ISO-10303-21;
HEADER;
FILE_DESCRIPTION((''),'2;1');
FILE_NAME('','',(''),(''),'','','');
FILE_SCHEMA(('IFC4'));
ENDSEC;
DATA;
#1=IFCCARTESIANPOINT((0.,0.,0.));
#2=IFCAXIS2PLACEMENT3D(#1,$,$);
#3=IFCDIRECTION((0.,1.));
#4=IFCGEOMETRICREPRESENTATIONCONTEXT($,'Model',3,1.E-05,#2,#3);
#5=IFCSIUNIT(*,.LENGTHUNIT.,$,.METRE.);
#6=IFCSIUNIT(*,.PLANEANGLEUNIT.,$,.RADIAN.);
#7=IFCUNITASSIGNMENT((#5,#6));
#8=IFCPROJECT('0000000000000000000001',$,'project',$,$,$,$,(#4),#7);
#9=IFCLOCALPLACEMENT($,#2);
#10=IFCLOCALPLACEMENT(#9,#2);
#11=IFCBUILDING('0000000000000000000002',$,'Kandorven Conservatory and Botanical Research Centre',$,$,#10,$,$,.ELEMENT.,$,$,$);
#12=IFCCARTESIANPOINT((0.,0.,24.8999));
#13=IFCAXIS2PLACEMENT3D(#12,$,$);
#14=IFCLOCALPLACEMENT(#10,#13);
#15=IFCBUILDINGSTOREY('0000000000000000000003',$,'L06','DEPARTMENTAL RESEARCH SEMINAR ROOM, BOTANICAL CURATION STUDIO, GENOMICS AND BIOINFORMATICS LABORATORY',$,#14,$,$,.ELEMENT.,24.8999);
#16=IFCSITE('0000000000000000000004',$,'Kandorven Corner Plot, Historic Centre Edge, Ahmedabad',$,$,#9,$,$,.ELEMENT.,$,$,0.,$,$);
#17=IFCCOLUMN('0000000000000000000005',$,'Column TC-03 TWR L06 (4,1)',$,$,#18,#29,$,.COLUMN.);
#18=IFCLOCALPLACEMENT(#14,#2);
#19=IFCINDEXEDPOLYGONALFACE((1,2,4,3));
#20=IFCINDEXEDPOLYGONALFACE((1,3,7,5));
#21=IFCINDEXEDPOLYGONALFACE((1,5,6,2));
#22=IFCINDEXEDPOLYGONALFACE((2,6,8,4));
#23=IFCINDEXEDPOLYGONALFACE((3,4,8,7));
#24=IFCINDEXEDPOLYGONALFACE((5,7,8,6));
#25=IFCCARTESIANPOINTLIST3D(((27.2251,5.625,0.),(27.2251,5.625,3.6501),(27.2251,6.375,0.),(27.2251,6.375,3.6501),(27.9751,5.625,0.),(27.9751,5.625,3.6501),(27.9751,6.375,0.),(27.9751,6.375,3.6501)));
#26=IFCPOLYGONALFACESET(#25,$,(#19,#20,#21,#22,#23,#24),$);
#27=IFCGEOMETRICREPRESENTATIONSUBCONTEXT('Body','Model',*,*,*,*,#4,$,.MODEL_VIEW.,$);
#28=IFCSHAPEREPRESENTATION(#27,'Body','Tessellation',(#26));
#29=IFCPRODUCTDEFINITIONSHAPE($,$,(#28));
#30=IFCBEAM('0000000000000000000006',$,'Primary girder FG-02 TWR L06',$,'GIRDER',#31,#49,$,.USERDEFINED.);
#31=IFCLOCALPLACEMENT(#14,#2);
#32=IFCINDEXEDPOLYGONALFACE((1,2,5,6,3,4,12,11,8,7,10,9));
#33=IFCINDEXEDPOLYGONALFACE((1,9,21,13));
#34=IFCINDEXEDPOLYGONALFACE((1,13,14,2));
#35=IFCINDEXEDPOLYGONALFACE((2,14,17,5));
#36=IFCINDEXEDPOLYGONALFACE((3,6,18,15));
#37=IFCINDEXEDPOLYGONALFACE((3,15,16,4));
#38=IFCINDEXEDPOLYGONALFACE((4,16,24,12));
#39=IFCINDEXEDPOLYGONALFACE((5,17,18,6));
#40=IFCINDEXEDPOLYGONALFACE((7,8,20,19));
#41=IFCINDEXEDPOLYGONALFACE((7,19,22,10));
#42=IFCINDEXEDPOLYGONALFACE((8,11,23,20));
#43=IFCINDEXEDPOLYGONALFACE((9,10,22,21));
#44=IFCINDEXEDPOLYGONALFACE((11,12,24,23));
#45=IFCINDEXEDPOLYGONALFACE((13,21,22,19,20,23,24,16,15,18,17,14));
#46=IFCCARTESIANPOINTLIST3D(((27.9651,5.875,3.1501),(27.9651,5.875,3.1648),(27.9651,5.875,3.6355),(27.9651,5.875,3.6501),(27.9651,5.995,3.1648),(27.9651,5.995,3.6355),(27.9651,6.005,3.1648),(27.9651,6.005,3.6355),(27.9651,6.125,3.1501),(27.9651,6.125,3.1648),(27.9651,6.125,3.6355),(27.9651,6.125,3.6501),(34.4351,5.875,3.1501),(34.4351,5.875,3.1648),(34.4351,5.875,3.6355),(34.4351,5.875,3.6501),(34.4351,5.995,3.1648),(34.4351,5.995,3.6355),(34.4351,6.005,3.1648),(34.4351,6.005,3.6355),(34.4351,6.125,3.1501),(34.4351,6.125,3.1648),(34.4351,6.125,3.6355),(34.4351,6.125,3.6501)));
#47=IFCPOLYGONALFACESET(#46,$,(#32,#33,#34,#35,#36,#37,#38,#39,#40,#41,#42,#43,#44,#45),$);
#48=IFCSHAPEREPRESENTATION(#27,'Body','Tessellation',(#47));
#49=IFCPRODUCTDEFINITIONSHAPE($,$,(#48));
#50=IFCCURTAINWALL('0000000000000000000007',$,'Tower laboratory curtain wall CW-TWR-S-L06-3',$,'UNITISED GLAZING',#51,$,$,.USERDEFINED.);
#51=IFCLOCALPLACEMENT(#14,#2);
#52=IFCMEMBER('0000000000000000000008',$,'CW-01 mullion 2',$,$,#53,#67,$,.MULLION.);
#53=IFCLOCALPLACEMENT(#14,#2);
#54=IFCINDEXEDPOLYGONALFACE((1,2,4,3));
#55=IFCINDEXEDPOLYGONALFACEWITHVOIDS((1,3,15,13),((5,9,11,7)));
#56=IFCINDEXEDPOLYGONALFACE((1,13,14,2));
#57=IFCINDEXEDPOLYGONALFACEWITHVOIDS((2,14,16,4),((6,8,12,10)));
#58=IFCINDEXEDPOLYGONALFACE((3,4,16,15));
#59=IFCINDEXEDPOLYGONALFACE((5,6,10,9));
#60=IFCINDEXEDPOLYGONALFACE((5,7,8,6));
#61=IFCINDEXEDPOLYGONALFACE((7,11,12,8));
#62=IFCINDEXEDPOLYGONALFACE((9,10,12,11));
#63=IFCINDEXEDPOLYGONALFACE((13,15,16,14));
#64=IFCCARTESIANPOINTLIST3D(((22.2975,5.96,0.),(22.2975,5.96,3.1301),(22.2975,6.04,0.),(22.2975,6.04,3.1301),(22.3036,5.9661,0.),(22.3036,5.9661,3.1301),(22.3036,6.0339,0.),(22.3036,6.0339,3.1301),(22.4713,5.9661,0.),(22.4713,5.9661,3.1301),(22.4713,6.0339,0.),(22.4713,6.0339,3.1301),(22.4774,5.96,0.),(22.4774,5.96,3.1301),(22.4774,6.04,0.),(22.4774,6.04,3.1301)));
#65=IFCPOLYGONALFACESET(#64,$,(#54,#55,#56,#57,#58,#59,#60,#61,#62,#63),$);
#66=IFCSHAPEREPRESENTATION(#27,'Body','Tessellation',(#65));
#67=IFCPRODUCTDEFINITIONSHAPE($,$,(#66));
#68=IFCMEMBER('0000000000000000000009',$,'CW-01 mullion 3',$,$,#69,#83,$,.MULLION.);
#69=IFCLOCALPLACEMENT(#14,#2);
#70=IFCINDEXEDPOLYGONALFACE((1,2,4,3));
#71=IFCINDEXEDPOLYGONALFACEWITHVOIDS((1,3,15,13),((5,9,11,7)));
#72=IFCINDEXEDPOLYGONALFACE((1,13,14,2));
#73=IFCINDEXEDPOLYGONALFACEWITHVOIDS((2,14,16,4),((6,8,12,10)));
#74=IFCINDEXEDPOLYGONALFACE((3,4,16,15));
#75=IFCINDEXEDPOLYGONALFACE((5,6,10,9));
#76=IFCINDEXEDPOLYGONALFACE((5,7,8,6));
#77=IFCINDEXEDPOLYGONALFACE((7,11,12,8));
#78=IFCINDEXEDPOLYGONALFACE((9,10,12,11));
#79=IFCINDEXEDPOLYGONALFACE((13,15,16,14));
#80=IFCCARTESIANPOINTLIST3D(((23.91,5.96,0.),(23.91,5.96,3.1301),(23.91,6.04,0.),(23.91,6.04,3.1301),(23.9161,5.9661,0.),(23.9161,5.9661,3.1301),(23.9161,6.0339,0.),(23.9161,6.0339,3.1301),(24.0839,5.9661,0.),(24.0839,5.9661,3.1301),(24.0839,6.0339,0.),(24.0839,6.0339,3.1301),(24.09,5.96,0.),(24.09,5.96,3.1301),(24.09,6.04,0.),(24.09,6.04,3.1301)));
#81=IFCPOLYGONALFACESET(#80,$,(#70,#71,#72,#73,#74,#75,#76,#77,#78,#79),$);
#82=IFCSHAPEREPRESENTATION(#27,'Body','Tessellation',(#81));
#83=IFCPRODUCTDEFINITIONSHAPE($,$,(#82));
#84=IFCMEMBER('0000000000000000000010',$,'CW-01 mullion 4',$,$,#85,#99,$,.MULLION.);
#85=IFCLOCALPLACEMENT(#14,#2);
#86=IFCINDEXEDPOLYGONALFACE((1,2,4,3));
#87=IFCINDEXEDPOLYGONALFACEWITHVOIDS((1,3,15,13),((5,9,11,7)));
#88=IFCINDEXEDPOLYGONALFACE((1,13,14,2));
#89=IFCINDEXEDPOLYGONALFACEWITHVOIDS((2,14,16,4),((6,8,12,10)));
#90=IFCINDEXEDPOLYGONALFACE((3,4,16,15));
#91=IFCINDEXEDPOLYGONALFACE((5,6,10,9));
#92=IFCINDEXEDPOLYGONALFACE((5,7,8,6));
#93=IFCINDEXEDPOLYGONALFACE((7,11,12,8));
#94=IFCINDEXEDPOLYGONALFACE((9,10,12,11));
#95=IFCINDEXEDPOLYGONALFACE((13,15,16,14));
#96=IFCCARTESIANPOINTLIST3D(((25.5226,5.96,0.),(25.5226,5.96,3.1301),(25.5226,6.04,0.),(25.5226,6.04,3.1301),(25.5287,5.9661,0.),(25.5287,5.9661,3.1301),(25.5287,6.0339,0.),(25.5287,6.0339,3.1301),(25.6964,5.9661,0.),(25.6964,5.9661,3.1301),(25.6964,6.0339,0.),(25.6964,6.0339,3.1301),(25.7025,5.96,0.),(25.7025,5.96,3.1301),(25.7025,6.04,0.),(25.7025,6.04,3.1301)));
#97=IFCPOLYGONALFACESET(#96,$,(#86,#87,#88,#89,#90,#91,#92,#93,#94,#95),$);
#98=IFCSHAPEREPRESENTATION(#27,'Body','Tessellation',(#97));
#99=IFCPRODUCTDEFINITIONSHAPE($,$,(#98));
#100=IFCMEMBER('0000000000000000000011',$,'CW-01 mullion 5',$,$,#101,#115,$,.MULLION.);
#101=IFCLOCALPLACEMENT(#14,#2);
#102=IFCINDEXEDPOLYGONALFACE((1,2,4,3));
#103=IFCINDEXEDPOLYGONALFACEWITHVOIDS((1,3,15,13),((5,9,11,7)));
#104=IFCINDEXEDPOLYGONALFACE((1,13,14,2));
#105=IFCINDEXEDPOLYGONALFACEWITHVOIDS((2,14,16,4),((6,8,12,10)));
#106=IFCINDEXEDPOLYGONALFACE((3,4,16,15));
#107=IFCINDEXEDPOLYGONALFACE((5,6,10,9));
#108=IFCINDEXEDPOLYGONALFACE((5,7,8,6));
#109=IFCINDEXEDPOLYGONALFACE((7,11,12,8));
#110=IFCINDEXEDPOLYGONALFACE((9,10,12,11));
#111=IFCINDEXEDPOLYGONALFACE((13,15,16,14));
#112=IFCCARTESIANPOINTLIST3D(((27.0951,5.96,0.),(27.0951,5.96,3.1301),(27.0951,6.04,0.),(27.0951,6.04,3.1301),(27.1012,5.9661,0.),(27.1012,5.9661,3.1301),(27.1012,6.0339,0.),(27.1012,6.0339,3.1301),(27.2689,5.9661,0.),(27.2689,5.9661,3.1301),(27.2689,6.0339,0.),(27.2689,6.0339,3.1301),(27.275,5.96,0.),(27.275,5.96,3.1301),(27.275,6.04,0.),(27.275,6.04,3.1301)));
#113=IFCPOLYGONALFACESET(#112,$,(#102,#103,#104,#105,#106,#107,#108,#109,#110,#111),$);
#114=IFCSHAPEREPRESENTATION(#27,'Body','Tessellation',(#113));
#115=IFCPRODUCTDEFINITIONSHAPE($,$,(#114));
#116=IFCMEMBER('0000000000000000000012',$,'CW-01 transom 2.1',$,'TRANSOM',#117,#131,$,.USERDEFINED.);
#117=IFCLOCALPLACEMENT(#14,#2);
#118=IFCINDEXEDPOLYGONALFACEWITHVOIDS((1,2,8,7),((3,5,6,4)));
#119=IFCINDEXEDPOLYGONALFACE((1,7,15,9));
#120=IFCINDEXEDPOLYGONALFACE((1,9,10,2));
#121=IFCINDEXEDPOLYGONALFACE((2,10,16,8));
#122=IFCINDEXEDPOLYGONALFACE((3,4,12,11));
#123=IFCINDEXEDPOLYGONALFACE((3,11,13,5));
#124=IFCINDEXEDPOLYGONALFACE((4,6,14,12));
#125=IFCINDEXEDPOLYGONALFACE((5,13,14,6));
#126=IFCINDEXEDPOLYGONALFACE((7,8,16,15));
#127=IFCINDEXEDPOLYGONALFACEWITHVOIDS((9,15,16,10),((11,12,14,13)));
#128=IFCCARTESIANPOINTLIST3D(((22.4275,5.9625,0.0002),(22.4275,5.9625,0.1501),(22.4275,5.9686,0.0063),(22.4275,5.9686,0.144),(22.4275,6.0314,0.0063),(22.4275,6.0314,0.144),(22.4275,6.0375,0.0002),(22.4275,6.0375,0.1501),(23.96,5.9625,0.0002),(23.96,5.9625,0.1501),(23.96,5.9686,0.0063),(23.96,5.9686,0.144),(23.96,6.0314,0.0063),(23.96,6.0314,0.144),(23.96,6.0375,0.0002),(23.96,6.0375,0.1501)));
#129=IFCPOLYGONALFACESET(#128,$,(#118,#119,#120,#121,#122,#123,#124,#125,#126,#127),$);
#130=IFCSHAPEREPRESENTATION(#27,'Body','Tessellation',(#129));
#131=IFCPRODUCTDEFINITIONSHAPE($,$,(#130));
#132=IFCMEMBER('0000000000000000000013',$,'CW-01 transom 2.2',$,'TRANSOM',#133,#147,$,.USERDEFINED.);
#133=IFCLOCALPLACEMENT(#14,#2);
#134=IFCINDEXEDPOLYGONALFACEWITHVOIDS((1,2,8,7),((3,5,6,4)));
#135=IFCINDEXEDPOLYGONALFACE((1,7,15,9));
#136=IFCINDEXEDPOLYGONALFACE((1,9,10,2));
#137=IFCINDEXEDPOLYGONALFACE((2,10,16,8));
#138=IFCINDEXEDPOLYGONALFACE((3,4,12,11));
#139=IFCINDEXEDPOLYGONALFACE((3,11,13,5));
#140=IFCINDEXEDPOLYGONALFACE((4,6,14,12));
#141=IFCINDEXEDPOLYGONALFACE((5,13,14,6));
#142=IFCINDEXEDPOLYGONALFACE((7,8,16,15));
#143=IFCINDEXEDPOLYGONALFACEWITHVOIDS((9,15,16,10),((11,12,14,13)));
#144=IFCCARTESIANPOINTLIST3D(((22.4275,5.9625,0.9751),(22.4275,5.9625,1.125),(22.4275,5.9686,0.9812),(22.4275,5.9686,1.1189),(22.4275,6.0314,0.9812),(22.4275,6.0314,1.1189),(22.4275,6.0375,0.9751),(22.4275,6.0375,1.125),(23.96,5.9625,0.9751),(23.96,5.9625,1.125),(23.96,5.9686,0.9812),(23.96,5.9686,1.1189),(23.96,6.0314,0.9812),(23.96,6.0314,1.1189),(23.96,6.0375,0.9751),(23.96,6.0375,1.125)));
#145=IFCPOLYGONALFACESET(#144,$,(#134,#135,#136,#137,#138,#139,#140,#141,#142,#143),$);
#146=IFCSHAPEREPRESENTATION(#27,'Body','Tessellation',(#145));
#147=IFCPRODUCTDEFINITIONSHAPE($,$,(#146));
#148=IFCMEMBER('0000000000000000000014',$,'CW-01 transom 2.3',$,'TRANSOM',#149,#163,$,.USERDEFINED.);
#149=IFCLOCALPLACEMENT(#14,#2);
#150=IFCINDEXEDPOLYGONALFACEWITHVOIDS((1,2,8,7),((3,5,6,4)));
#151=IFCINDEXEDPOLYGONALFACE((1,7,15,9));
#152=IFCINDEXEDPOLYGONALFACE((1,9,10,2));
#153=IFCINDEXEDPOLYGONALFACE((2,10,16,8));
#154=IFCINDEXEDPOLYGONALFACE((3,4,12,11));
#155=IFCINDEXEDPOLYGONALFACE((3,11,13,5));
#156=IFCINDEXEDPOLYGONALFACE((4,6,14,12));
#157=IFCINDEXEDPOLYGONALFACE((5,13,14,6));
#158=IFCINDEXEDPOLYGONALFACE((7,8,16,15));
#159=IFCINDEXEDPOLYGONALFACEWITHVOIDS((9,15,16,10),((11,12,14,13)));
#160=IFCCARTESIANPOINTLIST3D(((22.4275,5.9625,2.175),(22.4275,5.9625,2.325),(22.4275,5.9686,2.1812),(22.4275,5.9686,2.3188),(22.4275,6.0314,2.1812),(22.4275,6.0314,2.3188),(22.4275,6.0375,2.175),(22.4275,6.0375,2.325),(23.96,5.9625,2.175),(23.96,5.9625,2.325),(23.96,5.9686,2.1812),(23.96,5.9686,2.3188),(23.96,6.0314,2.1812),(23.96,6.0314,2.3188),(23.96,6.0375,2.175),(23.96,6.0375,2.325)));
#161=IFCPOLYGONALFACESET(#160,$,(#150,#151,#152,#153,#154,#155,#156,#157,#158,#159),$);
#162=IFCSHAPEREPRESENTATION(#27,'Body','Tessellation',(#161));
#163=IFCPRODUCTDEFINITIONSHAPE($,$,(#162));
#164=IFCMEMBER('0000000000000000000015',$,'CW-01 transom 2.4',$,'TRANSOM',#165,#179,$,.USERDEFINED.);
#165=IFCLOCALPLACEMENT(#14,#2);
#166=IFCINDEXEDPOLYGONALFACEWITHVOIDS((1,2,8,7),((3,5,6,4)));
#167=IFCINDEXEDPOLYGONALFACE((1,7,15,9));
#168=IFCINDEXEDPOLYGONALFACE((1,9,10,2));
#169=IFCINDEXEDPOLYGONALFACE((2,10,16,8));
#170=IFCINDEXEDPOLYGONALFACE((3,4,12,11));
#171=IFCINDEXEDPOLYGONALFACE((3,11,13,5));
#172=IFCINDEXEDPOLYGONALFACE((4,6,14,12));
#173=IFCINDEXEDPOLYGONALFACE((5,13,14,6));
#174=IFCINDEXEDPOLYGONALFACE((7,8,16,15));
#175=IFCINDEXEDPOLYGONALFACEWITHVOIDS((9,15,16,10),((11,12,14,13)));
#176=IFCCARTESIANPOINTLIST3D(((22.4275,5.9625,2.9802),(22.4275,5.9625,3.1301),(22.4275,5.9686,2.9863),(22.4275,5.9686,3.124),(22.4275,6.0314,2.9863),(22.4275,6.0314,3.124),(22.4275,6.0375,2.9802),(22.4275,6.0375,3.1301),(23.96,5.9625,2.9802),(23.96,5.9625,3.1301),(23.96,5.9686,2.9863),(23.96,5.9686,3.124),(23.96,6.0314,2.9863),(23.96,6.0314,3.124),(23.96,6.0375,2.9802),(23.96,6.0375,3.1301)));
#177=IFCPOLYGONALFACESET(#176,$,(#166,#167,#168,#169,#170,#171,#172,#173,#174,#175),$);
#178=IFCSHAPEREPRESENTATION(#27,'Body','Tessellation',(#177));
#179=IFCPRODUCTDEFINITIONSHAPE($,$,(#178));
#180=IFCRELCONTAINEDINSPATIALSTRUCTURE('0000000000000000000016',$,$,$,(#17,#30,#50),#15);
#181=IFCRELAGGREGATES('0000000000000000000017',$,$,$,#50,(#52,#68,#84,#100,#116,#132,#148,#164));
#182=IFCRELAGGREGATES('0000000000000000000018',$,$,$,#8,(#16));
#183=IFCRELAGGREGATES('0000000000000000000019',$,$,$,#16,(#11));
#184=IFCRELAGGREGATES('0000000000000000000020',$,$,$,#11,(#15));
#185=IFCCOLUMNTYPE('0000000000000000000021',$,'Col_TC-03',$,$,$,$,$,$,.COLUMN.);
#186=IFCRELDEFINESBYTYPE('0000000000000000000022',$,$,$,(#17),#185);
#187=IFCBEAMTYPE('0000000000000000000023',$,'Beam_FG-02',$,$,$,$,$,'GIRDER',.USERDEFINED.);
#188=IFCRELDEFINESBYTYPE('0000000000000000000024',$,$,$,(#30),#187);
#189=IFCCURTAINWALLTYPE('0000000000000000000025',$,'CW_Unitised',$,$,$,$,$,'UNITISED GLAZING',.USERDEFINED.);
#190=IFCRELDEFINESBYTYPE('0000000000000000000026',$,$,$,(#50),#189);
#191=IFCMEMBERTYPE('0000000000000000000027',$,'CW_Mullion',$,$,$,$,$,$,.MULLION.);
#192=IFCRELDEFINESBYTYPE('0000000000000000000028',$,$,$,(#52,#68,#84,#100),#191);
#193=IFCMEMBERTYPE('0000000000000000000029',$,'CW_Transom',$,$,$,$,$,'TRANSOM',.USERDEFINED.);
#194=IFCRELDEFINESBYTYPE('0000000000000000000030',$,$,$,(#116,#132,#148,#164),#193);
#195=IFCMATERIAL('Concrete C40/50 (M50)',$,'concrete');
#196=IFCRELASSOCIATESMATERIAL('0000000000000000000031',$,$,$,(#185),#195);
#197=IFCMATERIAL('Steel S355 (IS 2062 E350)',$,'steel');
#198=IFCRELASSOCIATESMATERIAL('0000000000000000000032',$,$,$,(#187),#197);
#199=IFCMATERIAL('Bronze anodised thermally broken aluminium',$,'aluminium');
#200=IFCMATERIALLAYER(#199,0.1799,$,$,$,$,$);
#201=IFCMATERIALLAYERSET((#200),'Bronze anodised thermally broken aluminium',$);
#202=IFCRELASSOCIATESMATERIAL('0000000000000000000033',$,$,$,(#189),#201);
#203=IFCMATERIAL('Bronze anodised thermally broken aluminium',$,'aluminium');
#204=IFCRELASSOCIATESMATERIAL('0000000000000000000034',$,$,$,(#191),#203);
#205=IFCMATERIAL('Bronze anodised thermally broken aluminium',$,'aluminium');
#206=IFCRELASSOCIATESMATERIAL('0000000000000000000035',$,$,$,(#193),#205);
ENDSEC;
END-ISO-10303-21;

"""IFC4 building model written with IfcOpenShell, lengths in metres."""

from ifc_helpers import new_model, si_unit, direction, frame, origin, origin_2d, place, context, subcontext, project, spatial, rectangle, hollow_rectangle, i_section, extrude, material, layer, layer_set, material_profile, profile_set, type_object, element, aggregate, save


model = new_model("IFC4")

# Units and contexts
model_context = context("Model", 3, precision=1e-05, world=origin(), true_north=direction((0.0, 1.0)))
body_context = subcontext(model_context, "Body", "Model", "MODEL_VIEW")
ifc_project = project(units=[si_unit("LENGTHUNIT", "METRE"), si_unit("PLANEANGLEUNIT", "RADIAN")], contexts=[model_context])

# Site, building, storey
site_placement = place(None, origin())
site = spatial("IfcSite", under=ifc_project, at=site_placement, Name="Kandorven Corner Plot, Historic Centre Edge, Ahmedabad", CompositionType="ELEMENT", RefElevation=0.0)
building_placement = place(site_placement, origin())
building = spatial("IfcBuilding", under=site, at=building_placement, Name="Kandorven Conservatory and Botanical Research Centre", CompositionType="ELEMENT")
storey_placement = place(building_placement, frame((0.0, 0.0, 24.8999)))
storey = spatial("IfcBuildingStorey", under=building, at=storey_placement, Name="L06", Description="DEPARTMENTAL RESEARCH SEMINAR ROOM, BOTANICAL CURATION STUDIO, GENOMICS AND BIOINFORMATICS LABORATORY", CompositionType="ELEMENT", Elevation=24.8999)

# Column
ifc_material_1 = material(Name="Concrete C40/50 (M50)", Category="concrete")
ifc_material_profile_1 = material_profile(ifc_material_1, rectangle(XDim=0.75, YDim=0.75, at=origin_2d()))
ifc_profile_set_1 = profile_set([ifc_material_profile_1], Name="Concrete C40/50 (M50)")
column_type = type_object("IfcColumnType", Name="Col_TC-03", PredefinedType="COLUMN", material=ifc_profile_set_1)
column_placement = place(storey_placement, frame((27.6001, 6.0, 0.0), z_axis=(0.0, 0.0, 1.0), x_axis=(1.0, 0.0, 0.0)))
element("IfcColumn", 1, at=column_placement, inside=storey, type_object=column_type, Name="Column TC-03 TWR L06 (4,1)", PredefinedType="COLUMN", context=body_context, shape_type="SweptSolid", body=[
    extrude(rectangle(XDim=0.75, YDim=0.75, at=origin_2d()), origin(), (0.0, 0.0, 1.0), 3.6501),
])

# Beam
ifc_material_2 = material(Name="Steel S355 (IS 2062 E350)", Category="steel")
ifc_material_profile_2 = material_profile(ifc_material_2, i_section(OverallWidth=0.25, OverallDepth=0.5, WebThickness=0.01, FlangeThickness=0.0146, at=origin_2d()))
ifc_profile_set_2 = profile_set([ifc_material_profile_2], Name="Steel S355 (IS 2062 E350)")
beam_type = type_object("IfcBeamType", Name="Beam_FG-02", ElementType="GIRDER", PredefinedType="USERDEFINED", material=ifc_profile_set_2)
beam_placement = place(storey_placement, frame((27.9651, 6.0, 3.4001), z_axis=(1.0, 0.0, 0.0), x_axis=(0.0, 1.0, 0.0)))
element("IfcBeam", 2, at=beam_placement, inside=storey, type_object=beam_type, Name="Primary girder FG-02 TWR L06", ObjectType="GIRDER", PredefinedType="USERDEFINED", context=body_context, shape_type="SweptSolid", body=[
    extrude(i_section(OverallWidth=0.25, OverallDepth=0.5, WebThickness=0.01, FlangeThickness=0.0146, at=origin_2d()), origin(), (0.0, 0.0, 1.0), 6.47),
])

# Curtain wall, members
ifc_material_3 = material(Name="Bronze anodised thermally broken aluminium", Category="aluminium")
ifc_layer_1 = layer(ifc_material_3, 0.1799)
ifc_layer_set_1 = layer_set([ifc_layer_1], Name="Bronze anodised thermally broken aluminium")
curtain_wall_type = type_object("IfcCurtainWallType", Name="CW_Unitised", ElementType="UNITISED GLAZING", PredefinedType="USERDEFINED", material=ifc_layer_set_1)
curtain_wall_placement = place(storey_placement, origin())
curtain_wall = element("IfcCurtainWall", 3, at=curtain_wall_placement, inside=storey, type_object=curtain_wall_type, Name="Tower laboratory curtain wall CW-TWR-S-L06-3", ObjectType="UNITISED GLAZING", PredefinedType="USERDEFINED")
ifc_material_4 = material(Name="Bronze anodised thermally broken aluminium", Category="aluminium")
ifc_material_profile_3 = material_profile(ifc_material_4, hollow_rectangle(XDim=0.0801, YDim=0.1799, WallThickness=0.0061, at=origin_2d()))
ifc_profile_set_3 = profile_set([ifc_material_profile_3], Name="Bronze anodised thermally broken aluminium")
member_type_1 = type_object("IfcMemberType", Name="CW_Mullion", PredefinedType="MULLION", material=ifc_profile_set_3)
member_1_placement = place(storey_placement, frame((22.3875, 6.0, 0.0), z_axis=(0.0, 0.0, 1.0), x_axis=(0.0, 1.0, 0.0)))
member_1 = element("IfcMember", 4, at=member_1_placement, type_object=member_type_1, Name="CW-01 mullion 2", PredefinedType="MULLION", context=body_context, shape_type="SweptSolid", body=[
    extrude(hollow_rectangle(XDim=0.0801, YDim=0.1799, WallThickness=0.0061, at=origin_2d()), origin(), (0.0, 0.0, 1.0), 3.1301),
])
member_2_placement = place(storey_placement, frame((24.0, 6.0, 0.0), z_axis=(0.0, 0.0, 1.0), x_axis=(0.0, 1.0, 0.0)))
member_2 = element("IfcMember", 5, at=member_2_placement, type_object=member_type_1, Name="CW-01 mullion 3", PredefinedType="MULLION", context=body_context, shape_type="SweptSolid", body=[
    extrude(hollow_rectangle(XDim=0.0801, YDim=0.1799, WallThickness=0.0061, at=origin_2d()), origin(), (0.0, 0.0, 1.0), 3.1301),
])
member_3_placement = place(storey_placement, frame((25.6125, 6.0, 0.0), z_axis=(0.0, 0.0, 1.0), x_axis=(0.0, 1.0, 0.0)))
member_3 = element("IfcMember", 6, at=member_3_placement, type_object=member_type_1, Name="CW-01 mullion 4", PredefinedType="MULLION", context=body_context, shape_type="SweptSolid", body=[
    extrude(hollow_rectangle(XDim=0.0801, YDim=0.1799, WallThickness=0.0061, at=origin_2d()), origin(), (0.0, 0.0, 1.0), 3.1301),
])
member_4_placement = place(storey_placement, frame((27.1851, 6.0, 0.0), z_axis=(0.0, 0.0, 1.0), x_axis=(0.0, 1.0, 0.0)))
member_4 = element("IfcMember", 7, at=member_4_placement, type_object=member_type_1, Name="CW-01 mullion 5", PredefinedType="MULLION", context=body_context, shape_type="SweptSolid", body=[
    extrude(hollow_rectangle(XDim=0.0801, YDim=0.1799, WallThickness=0.0061, at=origin_2d()), origin(), (0.0, 0.0, 1.0), 3.1301),
])
ifc_material_5 = material(Name="Bronze anodised thermally broken aluminium", Category="aluminium")
ifc_material_profile_4 = material_profile(ifc_material_5, hollow_rectangle(XDim=0.075, YDim=0.1499, WallThickness=0.0061, at=origin_2d()))
ifc_profile_set_4 = profile_set([ifc_material_profile_4], Name="Bronze anodised thermally broken aluminium")
member_type_2 = type_object("IfcMemberType", Name="CW_Transom", ElementType="TRANSOM", PredefinedType="USERDEFINED", material=ifc_profile_set_4)
member_5_placement = place(storey_placement, frame((22.4275, 6.0, 0.0752), z_axis=(1.0, 0.0, 0.0), x_axis=(0.0, 1.0, 0.0)))
member_5 = element("IfcMember", 8, at=member_5_placement, type_object=member_type_2, Name="CW-01 transom 2.1", ObjectType="TRANSOM", PredefinedType="USERDEFINED", context=body_context, shape_type="SweptSolid", body=[
    extrude(hollow_rectangle(XDim=0.075, YDim=0.1499, WallThickness=0.0061, at=origin_2d()), origin(), (0.0, 0.0, 1.0), 1.5325),
])
member_6_placement = place(storey_placement, frame((22.4275, 6.0, 1.05), z_axis=(1.0, 0.0, 0.0), x_axis=(0.0, 1.0, 0.0)))
member_6 = element("IfcMember", 9, at=member_6_placement, type_object=member_type_2, Name="CW-01 transom 2.2", ObjectType="TRANSOM", PredefinedType="USERDEFINED", context=body_context, shape_type="SweptSolid", body=[
    extrude(hollow_rectangle(XDim=0.075, YDim=0.1499, WallThickness=0.0061, at=origin_2d()), origin(), (0.0, 0.0, 1.0), 1.5325),
])
member_7_placement = place(storey_placement, frame((22.4275, 6.0, 2.25), z_axis=(1.0, 0.0, 0.0), x_axis=(0.0, 1.0, 0.0)))
member_7 = element("IfcMember", 10, at=member_7_placement, type_object=member_type_2, Name="CW-01 transom 2.3", ObjectType="TRANSOM", PredefinedType="USERDEFINED", context=body_context, shape_type="SweptSolid", body=[
    extrude(hollow_rectangle(XDim=0.075, YDim=0.1499, WallThickness=0.0061, at=origin_2d()), origin(), (0.0, 0.0, 1.0), 1.5325),
])
member_8_placement = place(storey_placement, frame((22.4275, 6.0, 3.0552), z_axis=(1.0, 0.0, 0.0), x_axis=(0.0, 1.0, 0.0)))
member_8 = element("IfcMember", 11, at=member_8_placement, type_object=member_type_2, Name="CW-01 transom 2.4", ObjectType="TRANSOM", PredefinedType="USERDEFINED", context=body_context, shape_type="SweptSolid", body=[
    extrude(hollow_rectangle(XDim=0.075, YDim=0.1499, WallThickness=0.0061, at=origin_2d()), origin(), (0.0, 0.0, 1.0), 1.5325),
])

aggregate(curtain_wall, [member_1, member_2, member_3, member_4, member_5, member_6, member_7, member_8])

save(model, "model.ifc")
